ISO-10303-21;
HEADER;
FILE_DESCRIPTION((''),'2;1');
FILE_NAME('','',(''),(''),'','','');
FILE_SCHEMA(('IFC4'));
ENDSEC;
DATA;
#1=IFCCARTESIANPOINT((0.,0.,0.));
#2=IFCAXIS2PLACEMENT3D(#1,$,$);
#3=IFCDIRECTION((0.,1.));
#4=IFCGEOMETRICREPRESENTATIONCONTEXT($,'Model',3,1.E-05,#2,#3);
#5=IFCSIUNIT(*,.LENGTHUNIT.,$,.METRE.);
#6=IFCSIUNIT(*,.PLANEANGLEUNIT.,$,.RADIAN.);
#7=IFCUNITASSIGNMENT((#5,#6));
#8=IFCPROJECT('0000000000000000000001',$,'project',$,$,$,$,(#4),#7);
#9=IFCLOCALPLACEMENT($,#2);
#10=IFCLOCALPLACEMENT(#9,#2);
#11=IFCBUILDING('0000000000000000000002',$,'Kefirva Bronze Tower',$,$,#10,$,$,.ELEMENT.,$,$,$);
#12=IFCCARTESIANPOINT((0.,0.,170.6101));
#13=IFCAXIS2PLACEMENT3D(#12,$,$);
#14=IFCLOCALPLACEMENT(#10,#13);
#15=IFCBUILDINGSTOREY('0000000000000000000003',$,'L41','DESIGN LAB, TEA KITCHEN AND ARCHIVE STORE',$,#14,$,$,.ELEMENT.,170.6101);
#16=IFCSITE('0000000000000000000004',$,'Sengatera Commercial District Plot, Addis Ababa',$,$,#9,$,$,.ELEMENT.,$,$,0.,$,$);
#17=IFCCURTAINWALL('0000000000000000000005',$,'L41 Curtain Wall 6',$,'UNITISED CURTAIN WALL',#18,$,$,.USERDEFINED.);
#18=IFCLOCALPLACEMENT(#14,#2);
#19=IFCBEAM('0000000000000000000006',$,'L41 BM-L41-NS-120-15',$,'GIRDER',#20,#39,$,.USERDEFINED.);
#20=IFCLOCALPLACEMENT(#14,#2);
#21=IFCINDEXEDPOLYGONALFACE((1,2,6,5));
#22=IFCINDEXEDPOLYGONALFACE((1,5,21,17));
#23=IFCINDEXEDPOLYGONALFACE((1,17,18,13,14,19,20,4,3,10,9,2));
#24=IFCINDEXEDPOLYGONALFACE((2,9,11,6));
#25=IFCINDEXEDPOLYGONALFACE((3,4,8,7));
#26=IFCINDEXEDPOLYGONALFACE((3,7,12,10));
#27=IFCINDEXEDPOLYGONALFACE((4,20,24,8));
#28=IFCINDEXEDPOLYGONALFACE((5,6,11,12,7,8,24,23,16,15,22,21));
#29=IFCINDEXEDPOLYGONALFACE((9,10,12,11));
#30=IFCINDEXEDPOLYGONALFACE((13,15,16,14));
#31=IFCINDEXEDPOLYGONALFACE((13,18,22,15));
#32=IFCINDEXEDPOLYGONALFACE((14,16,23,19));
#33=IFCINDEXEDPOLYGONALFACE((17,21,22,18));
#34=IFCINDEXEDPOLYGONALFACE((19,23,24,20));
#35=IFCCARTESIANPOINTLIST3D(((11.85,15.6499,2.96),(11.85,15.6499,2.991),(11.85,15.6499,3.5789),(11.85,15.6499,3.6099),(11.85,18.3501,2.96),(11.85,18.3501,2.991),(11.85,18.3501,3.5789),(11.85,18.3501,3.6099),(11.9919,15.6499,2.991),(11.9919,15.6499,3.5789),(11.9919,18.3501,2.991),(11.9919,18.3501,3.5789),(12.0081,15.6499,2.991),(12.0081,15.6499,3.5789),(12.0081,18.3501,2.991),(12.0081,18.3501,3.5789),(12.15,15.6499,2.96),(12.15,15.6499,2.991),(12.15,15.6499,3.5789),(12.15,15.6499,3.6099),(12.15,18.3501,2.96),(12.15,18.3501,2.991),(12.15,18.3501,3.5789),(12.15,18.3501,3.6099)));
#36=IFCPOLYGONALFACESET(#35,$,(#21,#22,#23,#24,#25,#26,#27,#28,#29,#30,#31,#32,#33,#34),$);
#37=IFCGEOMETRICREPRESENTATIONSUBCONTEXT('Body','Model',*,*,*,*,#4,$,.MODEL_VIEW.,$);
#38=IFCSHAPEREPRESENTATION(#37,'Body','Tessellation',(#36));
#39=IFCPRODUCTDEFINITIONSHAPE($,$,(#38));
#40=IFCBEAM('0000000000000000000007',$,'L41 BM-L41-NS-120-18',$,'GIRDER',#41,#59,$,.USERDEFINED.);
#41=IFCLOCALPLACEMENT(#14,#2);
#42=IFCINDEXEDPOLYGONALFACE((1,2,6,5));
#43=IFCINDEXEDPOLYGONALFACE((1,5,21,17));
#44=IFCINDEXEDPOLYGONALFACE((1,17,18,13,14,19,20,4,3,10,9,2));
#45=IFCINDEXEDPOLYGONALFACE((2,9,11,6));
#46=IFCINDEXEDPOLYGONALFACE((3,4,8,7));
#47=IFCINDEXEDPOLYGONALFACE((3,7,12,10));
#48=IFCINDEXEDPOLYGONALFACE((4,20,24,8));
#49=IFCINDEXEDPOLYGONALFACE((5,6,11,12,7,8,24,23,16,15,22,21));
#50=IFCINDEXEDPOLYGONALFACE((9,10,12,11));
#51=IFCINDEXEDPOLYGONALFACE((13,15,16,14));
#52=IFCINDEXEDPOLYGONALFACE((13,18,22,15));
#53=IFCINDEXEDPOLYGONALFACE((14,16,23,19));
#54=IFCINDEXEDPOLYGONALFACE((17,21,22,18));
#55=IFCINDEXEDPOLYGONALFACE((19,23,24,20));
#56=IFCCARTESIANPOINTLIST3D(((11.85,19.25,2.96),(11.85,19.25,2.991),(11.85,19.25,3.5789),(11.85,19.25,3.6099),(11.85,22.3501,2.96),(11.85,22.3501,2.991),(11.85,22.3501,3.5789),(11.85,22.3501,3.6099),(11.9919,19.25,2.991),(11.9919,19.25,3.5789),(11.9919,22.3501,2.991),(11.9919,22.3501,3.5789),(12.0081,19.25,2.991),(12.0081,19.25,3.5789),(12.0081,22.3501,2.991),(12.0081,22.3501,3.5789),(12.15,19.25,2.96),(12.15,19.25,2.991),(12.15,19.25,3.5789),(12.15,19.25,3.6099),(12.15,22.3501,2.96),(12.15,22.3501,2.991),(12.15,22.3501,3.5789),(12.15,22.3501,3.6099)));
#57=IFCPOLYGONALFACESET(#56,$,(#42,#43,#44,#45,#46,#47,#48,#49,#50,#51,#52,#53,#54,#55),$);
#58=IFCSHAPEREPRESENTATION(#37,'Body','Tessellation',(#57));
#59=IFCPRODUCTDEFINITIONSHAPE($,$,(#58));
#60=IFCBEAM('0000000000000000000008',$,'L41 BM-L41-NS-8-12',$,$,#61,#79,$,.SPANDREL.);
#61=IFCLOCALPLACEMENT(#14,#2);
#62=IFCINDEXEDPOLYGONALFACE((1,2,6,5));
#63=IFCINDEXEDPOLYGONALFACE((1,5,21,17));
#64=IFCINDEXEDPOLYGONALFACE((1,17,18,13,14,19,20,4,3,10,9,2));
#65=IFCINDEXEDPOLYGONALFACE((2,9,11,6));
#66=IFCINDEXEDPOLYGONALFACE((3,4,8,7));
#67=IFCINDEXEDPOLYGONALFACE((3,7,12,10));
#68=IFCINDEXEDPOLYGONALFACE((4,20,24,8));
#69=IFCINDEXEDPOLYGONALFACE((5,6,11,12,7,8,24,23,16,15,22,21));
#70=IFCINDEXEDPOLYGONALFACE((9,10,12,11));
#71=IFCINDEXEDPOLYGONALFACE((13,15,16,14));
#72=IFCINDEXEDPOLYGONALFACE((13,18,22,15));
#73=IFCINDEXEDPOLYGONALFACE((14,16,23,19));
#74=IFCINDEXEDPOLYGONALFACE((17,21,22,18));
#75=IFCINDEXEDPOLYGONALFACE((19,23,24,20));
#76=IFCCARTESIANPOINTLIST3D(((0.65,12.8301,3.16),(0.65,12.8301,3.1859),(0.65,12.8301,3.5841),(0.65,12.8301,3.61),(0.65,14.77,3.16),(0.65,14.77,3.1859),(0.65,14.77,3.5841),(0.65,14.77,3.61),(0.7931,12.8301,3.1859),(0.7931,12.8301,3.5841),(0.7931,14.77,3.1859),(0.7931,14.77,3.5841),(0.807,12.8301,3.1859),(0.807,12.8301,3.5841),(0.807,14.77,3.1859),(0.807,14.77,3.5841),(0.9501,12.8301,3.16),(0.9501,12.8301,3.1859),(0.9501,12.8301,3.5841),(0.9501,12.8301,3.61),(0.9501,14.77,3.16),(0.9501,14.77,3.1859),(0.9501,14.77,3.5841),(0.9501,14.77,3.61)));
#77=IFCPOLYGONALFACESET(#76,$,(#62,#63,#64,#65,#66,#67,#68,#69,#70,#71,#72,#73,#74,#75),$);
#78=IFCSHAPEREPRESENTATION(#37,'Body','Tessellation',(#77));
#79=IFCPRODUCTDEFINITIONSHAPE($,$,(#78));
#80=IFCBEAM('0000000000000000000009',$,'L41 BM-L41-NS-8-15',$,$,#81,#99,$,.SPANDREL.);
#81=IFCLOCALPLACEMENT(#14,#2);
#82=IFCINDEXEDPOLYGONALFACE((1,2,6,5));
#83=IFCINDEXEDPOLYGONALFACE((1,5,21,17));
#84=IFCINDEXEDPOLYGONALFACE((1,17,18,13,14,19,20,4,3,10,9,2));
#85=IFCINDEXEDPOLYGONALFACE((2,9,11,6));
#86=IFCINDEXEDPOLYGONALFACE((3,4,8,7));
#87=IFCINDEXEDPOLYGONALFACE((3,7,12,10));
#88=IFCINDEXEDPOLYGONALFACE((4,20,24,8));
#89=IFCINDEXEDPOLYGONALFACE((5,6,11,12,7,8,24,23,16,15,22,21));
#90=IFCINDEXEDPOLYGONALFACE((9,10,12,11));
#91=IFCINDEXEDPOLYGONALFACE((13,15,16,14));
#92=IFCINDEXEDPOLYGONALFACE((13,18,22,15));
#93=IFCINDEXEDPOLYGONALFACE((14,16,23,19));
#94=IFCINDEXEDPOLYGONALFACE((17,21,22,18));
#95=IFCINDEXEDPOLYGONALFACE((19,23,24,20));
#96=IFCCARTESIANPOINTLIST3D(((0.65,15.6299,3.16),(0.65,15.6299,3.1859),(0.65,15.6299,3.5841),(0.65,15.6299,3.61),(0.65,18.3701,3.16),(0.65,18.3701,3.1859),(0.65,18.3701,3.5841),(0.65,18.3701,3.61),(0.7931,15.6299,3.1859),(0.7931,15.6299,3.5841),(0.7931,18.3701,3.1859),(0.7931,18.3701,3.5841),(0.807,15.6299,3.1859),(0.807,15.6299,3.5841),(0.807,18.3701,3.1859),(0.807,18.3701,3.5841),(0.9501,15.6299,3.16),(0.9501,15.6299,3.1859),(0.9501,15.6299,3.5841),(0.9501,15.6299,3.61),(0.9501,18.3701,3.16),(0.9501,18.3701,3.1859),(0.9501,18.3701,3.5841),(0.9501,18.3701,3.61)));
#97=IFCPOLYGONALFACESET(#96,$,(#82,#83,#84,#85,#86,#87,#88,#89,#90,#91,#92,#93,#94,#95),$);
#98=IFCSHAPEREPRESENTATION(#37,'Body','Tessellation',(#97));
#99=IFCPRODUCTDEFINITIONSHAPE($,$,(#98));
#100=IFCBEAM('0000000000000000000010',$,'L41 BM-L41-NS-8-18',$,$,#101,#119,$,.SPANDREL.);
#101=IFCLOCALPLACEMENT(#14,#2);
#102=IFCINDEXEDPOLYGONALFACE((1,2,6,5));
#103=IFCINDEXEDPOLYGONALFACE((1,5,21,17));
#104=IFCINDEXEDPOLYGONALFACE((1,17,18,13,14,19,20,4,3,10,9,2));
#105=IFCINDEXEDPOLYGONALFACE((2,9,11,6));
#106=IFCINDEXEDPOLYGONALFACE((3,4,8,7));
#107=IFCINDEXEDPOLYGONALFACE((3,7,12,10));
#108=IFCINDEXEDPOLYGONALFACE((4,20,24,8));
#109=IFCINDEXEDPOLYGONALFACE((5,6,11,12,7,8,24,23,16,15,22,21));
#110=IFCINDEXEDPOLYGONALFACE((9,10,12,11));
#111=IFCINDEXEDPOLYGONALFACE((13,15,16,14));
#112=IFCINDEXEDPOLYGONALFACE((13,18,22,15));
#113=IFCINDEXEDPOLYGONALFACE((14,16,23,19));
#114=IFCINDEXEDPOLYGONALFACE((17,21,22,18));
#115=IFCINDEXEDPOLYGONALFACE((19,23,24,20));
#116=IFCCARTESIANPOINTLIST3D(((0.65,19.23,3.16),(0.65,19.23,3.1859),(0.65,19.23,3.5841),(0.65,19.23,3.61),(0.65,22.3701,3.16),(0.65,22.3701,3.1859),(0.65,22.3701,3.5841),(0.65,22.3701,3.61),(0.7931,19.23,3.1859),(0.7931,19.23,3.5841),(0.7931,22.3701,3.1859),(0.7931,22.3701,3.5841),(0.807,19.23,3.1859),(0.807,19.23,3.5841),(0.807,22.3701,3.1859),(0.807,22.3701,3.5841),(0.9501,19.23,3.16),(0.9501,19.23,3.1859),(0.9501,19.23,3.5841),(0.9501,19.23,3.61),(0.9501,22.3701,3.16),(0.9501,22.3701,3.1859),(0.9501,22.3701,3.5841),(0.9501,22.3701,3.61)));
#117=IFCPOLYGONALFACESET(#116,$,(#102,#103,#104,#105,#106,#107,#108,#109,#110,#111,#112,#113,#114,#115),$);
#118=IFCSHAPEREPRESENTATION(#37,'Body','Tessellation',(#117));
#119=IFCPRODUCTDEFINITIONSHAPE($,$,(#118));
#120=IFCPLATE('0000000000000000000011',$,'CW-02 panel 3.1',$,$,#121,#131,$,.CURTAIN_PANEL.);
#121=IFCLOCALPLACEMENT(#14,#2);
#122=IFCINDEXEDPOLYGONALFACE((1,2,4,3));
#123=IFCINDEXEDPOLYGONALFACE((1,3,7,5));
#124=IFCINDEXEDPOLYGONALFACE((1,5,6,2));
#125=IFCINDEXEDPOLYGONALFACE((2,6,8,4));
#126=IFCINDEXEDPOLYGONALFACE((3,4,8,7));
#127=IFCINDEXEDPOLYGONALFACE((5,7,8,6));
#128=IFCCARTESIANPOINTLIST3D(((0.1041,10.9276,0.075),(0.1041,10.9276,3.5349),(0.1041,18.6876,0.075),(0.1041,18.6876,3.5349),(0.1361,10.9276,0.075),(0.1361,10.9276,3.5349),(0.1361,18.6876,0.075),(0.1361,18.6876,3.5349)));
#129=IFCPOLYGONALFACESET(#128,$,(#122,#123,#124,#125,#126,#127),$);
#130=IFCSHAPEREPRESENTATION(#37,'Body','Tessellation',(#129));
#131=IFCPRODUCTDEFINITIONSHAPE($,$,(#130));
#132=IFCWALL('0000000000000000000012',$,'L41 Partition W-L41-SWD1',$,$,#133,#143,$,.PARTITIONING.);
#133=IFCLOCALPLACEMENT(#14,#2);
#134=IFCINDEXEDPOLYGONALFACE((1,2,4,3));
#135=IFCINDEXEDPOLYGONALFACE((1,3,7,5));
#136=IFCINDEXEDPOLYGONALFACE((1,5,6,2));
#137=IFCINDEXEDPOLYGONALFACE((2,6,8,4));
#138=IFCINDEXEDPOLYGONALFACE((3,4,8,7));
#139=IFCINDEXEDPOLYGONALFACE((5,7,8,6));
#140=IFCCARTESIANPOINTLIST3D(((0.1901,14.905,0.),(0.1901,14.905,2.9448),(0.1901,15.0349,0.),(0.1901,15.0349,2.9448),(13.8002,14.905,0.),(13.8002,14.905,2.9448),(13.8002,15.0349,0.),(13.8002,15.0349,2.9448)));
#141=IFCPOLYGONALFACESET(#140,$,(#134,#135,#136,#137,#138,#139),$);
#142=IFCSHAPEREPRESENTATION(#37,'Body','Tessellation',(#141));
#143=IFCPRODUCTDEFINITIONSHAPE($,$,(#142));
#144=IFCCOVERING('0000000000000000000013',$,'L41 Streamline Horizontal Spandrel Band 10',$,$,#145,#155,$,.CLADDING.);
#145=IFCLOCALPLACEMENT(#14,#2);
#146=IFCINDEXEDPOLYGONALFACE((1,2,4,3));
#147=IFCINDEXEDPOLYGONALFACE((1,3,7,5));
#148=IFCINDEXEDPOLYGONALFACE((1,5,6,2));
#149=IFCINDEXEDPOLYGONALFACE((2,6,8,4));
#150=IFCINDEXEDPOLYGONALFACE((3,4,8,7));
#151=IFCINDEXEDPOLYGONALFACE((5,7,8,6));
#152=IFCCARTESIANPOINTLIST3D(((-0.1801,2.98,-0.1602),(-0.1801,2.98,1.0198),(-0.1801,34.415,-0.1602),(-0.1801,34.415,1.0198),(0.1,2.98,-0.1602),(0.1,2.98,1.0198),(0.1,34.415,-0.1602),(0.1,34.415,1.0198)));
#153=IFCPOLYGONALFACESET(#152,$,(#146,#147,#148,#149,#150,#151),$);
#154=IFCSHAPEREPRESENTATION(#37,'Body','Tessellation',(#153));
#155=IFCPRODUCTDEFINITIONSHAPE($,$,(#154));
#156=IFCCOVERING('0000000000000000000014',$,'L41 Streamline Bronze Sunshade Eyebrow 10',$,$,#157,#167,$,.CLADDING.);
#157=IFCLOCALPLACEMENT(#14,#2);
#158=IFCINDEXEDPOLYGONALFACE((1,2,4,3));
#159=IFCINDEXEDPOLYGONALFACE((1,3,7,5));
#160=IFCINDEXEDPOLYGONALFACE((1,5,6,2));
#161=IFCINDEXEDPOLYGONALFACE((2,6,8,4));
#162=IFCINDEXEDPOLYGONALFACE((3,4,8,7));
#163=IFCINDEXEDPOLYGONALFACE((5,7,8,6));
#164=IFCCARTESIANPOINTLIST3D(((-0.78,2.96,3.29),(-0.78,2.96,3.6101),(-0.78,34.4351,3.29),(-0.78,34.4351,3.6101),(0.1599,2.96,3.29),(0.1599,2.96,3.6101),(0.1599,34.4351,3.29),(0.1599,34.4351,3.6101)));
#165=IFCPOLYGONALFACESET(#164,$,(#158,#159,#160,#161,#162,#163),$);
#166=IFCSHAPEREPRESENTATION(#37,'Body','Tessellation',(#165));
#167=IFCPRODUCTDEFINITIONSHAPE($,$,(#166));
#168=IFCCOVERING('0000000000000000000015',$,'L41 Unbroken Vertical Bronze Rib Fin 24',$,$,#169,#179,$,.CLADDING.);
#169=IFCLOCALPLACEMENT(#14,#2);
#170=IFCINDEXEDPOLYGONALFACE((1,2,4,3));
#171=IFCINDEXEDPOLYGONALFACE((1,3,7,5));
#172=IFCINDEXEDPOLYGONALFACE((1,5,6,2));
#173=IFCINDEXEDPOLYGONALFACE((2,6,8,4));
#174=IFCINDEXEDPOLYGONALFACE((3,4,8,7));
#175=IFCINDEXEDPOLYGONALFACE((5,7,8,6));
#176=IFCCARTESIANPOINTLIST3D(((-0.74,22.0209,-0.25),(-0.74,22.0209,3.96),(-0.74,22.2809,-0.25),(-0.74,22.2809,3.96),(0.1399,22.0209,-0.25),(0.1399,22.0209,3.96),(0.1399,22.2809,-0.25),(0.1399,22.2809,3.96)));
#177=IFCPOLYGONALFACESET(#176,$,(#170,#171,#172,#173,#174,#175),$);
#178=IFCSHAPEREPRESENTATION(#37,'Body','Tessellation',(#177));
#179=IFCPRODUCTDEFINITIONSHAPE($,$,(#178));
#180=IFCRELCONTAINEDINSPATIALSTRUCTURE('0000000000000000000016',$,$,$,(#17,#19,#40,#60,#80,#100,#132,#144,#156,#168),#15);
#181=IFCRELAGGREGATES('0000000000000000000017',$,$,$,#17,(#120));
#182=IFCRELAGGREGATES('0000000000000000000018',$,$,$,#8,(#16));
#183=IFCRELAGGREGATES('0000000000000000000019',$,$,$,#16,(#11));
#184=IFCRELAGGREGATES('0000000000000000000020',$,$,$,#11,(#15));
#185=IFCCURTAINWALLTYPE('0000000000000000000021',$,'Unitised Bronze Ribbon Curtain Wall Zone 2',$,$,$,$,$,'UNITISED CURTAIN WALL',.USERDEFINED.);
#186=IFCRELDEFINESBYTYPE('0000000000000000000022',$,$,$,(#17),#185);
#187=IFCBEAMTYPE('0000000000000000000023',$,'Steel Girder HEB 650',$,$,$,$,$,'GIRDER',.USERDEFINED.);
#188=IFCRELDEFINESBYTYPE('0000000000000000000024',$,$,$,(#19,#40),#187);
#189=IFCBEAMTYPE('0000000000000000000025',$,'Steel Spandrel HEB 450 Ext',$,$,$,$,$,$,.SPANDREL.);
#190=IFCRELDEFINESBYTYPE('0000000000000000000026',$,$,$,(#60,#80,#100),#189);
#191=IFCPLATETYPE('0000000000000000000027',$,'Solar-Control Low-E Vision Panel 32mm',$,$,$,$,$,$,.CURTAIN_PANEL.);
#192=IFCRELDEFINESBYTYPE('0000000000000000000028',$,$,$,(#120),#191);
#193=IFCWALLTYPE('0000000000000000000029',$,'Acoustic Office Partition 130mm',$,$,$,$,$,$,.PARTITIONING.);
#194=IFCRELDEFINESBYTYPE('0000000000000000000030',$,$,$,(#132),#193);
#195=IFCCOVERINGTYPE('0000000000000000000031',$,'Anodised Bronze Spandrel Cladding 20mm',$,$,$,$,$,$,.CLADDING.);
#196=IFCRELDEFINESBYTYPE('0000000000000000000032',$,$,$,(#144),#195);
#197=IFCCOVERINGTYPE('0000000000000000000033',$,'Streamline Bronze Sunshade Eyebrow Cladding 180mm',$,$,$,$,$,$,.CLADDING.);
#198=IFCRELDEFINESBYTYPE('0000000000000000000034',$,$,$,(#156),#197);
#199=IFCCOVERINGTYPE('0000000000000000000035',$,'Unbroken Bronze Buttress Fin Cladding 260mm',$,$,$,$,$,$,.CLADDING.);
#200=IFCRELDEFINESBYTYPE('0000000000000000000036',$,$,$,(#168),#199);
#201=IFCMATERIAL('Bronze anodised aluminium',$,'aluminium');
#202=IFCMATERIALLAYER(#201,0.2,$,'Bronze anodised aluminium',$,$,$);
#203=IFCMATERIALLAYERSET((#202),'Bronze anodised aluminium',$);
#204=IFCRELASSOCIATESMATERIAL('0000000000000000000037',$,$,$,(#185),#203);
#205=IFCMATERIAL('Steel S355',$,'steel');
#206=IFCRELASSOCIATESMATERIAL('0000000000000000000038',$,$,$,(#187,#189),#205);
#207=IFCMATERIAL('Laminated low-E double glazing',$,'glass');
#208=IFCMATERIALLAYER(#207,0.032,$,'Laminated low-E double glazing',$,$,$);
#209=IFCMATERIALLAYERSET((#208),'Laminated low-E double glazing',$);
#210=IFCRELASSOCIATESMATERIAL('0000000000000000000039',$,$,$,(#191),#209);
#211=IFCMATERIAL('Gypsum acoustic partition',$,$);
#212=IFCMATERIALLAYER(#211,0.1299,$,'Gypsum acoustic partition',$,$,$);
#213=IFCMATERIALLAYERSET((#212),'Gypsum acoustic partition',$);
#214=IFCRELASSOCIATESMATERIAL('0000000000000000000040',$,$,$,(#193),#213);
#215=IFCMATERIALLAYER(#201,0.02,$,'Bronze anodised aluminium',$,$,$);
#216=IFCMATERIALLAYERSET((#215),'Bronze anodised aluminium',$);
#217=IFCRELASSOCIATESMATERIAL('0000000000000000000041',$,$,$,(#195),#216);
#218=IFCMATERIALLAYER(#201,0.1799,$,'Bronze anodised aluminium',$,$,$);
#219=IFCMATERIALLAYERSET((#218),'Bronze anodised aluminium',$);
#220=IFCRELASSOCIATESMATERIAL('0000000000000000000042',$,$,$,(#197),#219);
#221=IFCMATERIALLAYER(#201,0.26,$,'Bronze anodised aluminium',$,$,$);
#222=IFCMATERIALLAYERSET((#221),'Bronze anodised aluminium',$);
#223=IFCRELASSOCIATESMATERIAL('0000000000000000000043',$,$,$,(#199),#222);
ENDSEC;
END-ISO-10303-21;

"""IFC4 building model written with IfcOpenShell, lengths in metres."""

from ifc_helpers import new_model, si_unit, direction, frame, frame_2d, origin, origin_2d, place, context, subcontext, project, spatial, rectangle, i_section, extrude, material, layer, layer_set, material_profile, profile_set, type_object, element, aggregate, save


model = new_model("IFC4")

# Units and contexts
model_context = context("Model", 3, precision=1e-05, world=origin(), true_north=direction((0.0, 1.0)))
body_context = subcontext(model_context, "Body", "Model", "MODEL_VIEW")
ifc_project = project(units=[si_unit("LENGTHUNIT", "METRE"), si_unit("PLANEANGLEUNIT", "RADIAN")], contexts=[model_context])

# Site, building, storey
site_placement = place(None, origin())
site = spatial("IfcSite", under=ifc_project, at=site_placement, Name="Sengatera Commercial District Plot, Addis Ababa", CompositionType="ELEMENT", RefElevation=0.0)
building_placement = place(site_placement, origin())
building = spatial("IfcBuilding", under=site, at=building_placement, Name="Kefirva Bronze Tower", CompositionType="ELEMENT")
storey_placement = place(building_placement, frame((0.0, 0.0, 170.6101)))
storey = spatial("IfcBuildingStorey", under=building, at=storey_placement, Name="L41", Description="DESIGN LAB, TEA KITCHEN AND ARCHIVE STORE", CompositionType="ELEMENT", Elevation=170.6101)

# Curtain wall
ifc_material_1 = material(Name="Bronze anodised aluminium", Category="aluminium")
ifc_layer_1 = layer(ifc_material_1, 0.2, Name="Bronze anodised aluminium")
ifc_layer_set_1 = layer_set([ifc_layer_1], Name="Bronze anodised aluminium")
curtain_wall_type = type_object("IfcCurtainWallType", Name="Unitised Bronze Ribbon Curtain Wall Zone 2", ElementType="UNITISED CURTAIN WALL", PredefinedType="USERDEFINED", material=ifc_layer_set_1)
curtain_wall_placement = place(storey_placement, origin())
curtain_wall = element("IfcCurtainWall", 1, at=curtain_wall_placement, inside=storey, type_object=curtain_wall_type, Name="L41 Curtain Wall 6", ObjectType="UNITISED CURTAIN WALL", PredefinedType="USERDEFINED")

# Beams
ifc_material_2 = material(Name="Steel S355", Category="steel")
ifc_material_profile_1 = material_profile(ifc_material_2, i_section(OverallWidth=0.3, OverallDepth=0.6499, WebThickness=0.0161, FlangeThickness=0.031, at=origin_2d()), Name="HEB 650")
ifc_profile_set_1 = profile_set([ifc_material_profile_1], Name="Steel S355")
beam_type_1 = type_object("IfcBeamType", Name="Steel Girder HEB 650", ElementType="GIRDER", PredefinedType="USERDEFINED", material=ifc_profile_set_1)
beam_1_placement = place(storey_placement, frame((12.0, 15.6499, 3.2849), z_axis=(0.0, 1.0, 0.0), x_axis=(-1.0, 0.0, 0.0)))
element("IfcBeam", 2, at=beam_1_placement, inside=storey, type_object=beam_type_1, Name="L41 BM-L41-NS-120-15", ObjectType="GIRDER", PredefinedType="USERDEFINED", context=body_context, shape_type="SweptSolid", body=[
    extrude(i_section(OverallWidth=0.3, OverallDepth=0.6499, WebThickness=0.0161, FlangeThickness=0.031, at=origin_2d()), origin(), (0.0, 0.0, 1.0), 2.7002),
])
beam_2_placement = place(storey_placement, frame((12.0, 19.25, 3.2849), z_axis=(0.0, 1.0, 0.0), x_axis=(-1.0, 0.0, 0.0)))
element("IfcBeam", 3, at=beam_2_placement, inside=storey, type_object=beam_type_1, Name="L41 BM-L41-NS-120-18", ObjectType="GIRDER", PredefinedType="USERDEFINED", context=body_context, shape_type="SweptSolid", body=[
    extrude(i_section(OverallWidth=0.3, OverallDepth=0.6499, WebThickness=0.0161, FlangeThickness=0.031, at=origin_2d()), origin(), (0.0, 0.0, 1.0), 3.1001),
])
ifc_material_profile_2 = material_profile(ifc_material_2, i_section(OverallWidth=0.3, OverallDepth=0.45, WebThickness=0.0139, FlangeThickness=0.0259, at=origin_2d()), Name="HEB 450")
ifc_profile_set_2 = profile_set([ifc_material_profile_2], Name="Steel S355")
beam_type_2 = type_object("IfcBeamType", Name="Steel Spandrel HEB 450 Ext", PredefinedType="SPANDREL", material=ifc_profile_set_2)
beam_3_placement = place(storey_placement, frame((0.8, 12.8301, 3.385), z_axis=(0.0, 1.0, 0.0), x_axis=(-1.0, 0.0, 0.0)))
element("IfcBeam", 4, at=beam_3_placement, inside=storey, type_object=beam_type_2, Name="L41 BM-L41-NS-8-12", PredefinedType="SPANDREL", context=body_context, shape_type="SweptSolid", body=[
    extrude(i_section(OverallWidth=0.3, OverallDepth=0.45, WebThickness=0.0139, FlangeThickness=0.0259, at=origin_2d()), origin(), (0.0, 0.0, 1.0), 1.9399),
])
beam_4_placement = place(storey_placement, frame((0.8, 15.6299, 3.385), z_axis=(0.0, 1.0, 0.0), x_axis=(-1.0, 0.0, 0.0)))
element("IfcBeam", 5, at=beam_4_placement, inside=storey, type_object=beam_type_2, Name="L41 BM-L41-NS-8-15", PredefinedType="SPANDREL", context=body_context, shape_type="SweptSolid", body=[
    extrude(i_section(OverallWidth=0.3, OverallDepth=0.45, WebThickness=0.0139, FlangeThickness=0.0259, at=origin_2d()), origin(), (0.0, 0.0, 1.0), 2.7402),
])
beam_5_placement = place(storey_placement, frame((0.8, 19.23, 3.385), z_axis=(0.0, 1.0, 0.0), x_axis=(-1.0, 0.0, 0.0)))
element("IfcBeam", 6, at=beam_5_placement, inside=storey, type_object=beam_type_2, Name="L41 BM-L41-NS-8-18", PredefinedType="SPANDREL", context=body_context, shape_type="SweptSolid", body=[
    extrude(i_section(OverallWidth=0.3, OverallDepth=0.45, WebThickness=0.0139, FlangeThickness=0.0259, at=origin_2d()), origin(), (0.0, 0.0, 1.0), 3.1401),
])

# Plate
ifc_material_3 = material(Name="Laminated low-E double glazing", Category="glass")
ifc_layer_2 = layer(ifc_material_3, 0.032, Name="Laminated low-E double glazing")
ifc_layer_set_2 = layer_set([ifc_layer_2], Name="Laminated low-E double glazing")
plate_type = type_object("IfcPlateType", Name="Solar-Control Low-E Vision Panel 32mm", PredefinedType="CURTAIN_PANEL", material=ifc_layer_set_2)
plate_placement = place(storey_placement, frame((0.1201, 14.8076, 0.075), z_axis=(0.0, 0.0, 1.0), x_axis=(0.0, -1.0, 0.0)))
plate = element("IfcPlate", 7, at=plate_placement, type_object=plate_type, Name="CW-02 panel 3.1", PredefinedType="CURTAIN_PANEL", context=body_context, shape_type="SweptSolid", body=[
    extrude(rectangle(XDim=7.76, YDim=0.032, at=origin_2d()), origin(), (0.0, 0.0, 1.0), 3.46),
])
aggregate(curtain_wall, [plate])

# Wall
ifc_material_4 = material(Name="Gypsum acoustic partition")
ifc_layer_3 = layer(ifc_material_4, 0.1299, Name="Gypsum acoustic partition")
ifc_layer_set_3 = layer_set([ifc_layer_3], Name="Gypsum acoustic partition")
wall_type = type_object("IfcWallType", Name="Acoustic Office Partition 130mm", PredefinedType="PARTITIONING", material=ifc_layer_set_3)
wall_placement = place(storey_placement, frame((0.1899, 14.97, 0.0), z_axis=(0.0, 0.0, 1.0), x_axis=(1.0, 0.0, 0.0)))
element("IfcWall", 8, at=wall_placement, inside=storey, type_object=wall_type, Name="L41 Partition W-L41-SWD1", PredefinedType="PARTITIONING", context=body_context, shape_type="SweptSolid", body=[
    extrude(rectangle(XDim=13.6101, YDim=0.1299, at=frame_2d((6.8052, 0.0))), origin(), (0.0, 0.0, 1.0), 2.9448),
])

# Coverings
ifc_layer_4 = layer(ifc_material_1, 0.02, Name="Bronze anodised aluminium")
ifc_layer_set_4 = layer_set([ifc_layer_4], Name="Bronze anodised aluminium")
covering_type_1 = type_object("IfcCoveringType", Name="Anodised Bronze Spandrel Cladding 20mm", PredefinedType="CLADDING", material=ifc_layer_set_4)
covering_1_placement = place(storey_placement, frame((-0.04, 18.6975, -0.1602), z_axis=(0.0, 0.0, 1.0), x_axis=(0.0, -1.0, 0.0)))
element("IfcCovering", 9, at=covering_1_placement, inside=storey, type_object=covering_type_1, Name="L41 Streamline Horizontal Spandrel Band 10", PredefinedType="CLADDING", context=body_context, shape_type="SweptSolid", body=[
    extrude(rectangle(XDim=31.4351, YDim=0.28, at=origin_2d()), origin(), (0.0, 0.0, 1.0), 1.1799),
])
ifc_layer_5 = layer(ifc_material_1, 0.1799, Name="Bronze anodised aluminium")
ifc_layer_set_5 = layer_set([ifc_layer_5], Name="Bronze anodised aluminium")
covering_type_2 = type_object("IfcCoveringType", Name="Streamline Bronze Sunshade Eyebrow Cladding 180mm", PredefinedType="CLADDING", material=ifc_layer_set_5)
covering_2_placement = place(storey_placement, frame((-0.3101, 18.6975, 3.29), z_axis=(0.0, 0.0, 1.0), x_axis=(0.0, -1.0, 0.0)))
element("IfcCovering", 10, at=covering_2_placement, inside=storey, type_object=covering_type_2, Name="L41 Streamline Bronze Sunshade Eyebrow 10", PredefinedType="CLADDING", context=body_context, shape_type="SweptSolid", body=[
    extrude(rectangle(XDim=31.4751, YDim=0.9399, at=origin_2d()), origin(), (0.0, 0.0, 1.0), 0.3201),
])
ifc_layer_6 = layer(ifc_material_1, 0.26, Name="Bronze anodised aluminium")
ifc_layer_set_6 = layer_set([ifc_layer_6], Name="Bronze anodised aluminium")
covering_type_3 = type_object("IfcCoveringType", Name="Unbroken Bronze Buttress Fin Cladding 260mm", PredefinedType="CLADDING", material=ifc_layer_set_6)
for number, where, z_axis, x_axis, name in (
    (11, (-0.3, 22.1509, -0.25), (0.0, 0.0, 1.0), (0.0, -1.0, 0.0), "L41 Unbroken Vertical Bronze Rib Fin 24"),
):
    element("IfcCovering", number, at=place(storey_placement, frame(where, z_axis=z_axis, x_axis=x_axis)), inside=storey, type_object=covering_type_3, Name=name, PredefinedType="CLADDING", context=body_context, shape_type="SweptSolid", body=[
        extrude(rectangle(XDim=0.26, YDim=0.8799, at=origin_2d()), origin(), (0.0, 0.0, 1.0), 4.21),
    ])

save(model, "model.ifc")
